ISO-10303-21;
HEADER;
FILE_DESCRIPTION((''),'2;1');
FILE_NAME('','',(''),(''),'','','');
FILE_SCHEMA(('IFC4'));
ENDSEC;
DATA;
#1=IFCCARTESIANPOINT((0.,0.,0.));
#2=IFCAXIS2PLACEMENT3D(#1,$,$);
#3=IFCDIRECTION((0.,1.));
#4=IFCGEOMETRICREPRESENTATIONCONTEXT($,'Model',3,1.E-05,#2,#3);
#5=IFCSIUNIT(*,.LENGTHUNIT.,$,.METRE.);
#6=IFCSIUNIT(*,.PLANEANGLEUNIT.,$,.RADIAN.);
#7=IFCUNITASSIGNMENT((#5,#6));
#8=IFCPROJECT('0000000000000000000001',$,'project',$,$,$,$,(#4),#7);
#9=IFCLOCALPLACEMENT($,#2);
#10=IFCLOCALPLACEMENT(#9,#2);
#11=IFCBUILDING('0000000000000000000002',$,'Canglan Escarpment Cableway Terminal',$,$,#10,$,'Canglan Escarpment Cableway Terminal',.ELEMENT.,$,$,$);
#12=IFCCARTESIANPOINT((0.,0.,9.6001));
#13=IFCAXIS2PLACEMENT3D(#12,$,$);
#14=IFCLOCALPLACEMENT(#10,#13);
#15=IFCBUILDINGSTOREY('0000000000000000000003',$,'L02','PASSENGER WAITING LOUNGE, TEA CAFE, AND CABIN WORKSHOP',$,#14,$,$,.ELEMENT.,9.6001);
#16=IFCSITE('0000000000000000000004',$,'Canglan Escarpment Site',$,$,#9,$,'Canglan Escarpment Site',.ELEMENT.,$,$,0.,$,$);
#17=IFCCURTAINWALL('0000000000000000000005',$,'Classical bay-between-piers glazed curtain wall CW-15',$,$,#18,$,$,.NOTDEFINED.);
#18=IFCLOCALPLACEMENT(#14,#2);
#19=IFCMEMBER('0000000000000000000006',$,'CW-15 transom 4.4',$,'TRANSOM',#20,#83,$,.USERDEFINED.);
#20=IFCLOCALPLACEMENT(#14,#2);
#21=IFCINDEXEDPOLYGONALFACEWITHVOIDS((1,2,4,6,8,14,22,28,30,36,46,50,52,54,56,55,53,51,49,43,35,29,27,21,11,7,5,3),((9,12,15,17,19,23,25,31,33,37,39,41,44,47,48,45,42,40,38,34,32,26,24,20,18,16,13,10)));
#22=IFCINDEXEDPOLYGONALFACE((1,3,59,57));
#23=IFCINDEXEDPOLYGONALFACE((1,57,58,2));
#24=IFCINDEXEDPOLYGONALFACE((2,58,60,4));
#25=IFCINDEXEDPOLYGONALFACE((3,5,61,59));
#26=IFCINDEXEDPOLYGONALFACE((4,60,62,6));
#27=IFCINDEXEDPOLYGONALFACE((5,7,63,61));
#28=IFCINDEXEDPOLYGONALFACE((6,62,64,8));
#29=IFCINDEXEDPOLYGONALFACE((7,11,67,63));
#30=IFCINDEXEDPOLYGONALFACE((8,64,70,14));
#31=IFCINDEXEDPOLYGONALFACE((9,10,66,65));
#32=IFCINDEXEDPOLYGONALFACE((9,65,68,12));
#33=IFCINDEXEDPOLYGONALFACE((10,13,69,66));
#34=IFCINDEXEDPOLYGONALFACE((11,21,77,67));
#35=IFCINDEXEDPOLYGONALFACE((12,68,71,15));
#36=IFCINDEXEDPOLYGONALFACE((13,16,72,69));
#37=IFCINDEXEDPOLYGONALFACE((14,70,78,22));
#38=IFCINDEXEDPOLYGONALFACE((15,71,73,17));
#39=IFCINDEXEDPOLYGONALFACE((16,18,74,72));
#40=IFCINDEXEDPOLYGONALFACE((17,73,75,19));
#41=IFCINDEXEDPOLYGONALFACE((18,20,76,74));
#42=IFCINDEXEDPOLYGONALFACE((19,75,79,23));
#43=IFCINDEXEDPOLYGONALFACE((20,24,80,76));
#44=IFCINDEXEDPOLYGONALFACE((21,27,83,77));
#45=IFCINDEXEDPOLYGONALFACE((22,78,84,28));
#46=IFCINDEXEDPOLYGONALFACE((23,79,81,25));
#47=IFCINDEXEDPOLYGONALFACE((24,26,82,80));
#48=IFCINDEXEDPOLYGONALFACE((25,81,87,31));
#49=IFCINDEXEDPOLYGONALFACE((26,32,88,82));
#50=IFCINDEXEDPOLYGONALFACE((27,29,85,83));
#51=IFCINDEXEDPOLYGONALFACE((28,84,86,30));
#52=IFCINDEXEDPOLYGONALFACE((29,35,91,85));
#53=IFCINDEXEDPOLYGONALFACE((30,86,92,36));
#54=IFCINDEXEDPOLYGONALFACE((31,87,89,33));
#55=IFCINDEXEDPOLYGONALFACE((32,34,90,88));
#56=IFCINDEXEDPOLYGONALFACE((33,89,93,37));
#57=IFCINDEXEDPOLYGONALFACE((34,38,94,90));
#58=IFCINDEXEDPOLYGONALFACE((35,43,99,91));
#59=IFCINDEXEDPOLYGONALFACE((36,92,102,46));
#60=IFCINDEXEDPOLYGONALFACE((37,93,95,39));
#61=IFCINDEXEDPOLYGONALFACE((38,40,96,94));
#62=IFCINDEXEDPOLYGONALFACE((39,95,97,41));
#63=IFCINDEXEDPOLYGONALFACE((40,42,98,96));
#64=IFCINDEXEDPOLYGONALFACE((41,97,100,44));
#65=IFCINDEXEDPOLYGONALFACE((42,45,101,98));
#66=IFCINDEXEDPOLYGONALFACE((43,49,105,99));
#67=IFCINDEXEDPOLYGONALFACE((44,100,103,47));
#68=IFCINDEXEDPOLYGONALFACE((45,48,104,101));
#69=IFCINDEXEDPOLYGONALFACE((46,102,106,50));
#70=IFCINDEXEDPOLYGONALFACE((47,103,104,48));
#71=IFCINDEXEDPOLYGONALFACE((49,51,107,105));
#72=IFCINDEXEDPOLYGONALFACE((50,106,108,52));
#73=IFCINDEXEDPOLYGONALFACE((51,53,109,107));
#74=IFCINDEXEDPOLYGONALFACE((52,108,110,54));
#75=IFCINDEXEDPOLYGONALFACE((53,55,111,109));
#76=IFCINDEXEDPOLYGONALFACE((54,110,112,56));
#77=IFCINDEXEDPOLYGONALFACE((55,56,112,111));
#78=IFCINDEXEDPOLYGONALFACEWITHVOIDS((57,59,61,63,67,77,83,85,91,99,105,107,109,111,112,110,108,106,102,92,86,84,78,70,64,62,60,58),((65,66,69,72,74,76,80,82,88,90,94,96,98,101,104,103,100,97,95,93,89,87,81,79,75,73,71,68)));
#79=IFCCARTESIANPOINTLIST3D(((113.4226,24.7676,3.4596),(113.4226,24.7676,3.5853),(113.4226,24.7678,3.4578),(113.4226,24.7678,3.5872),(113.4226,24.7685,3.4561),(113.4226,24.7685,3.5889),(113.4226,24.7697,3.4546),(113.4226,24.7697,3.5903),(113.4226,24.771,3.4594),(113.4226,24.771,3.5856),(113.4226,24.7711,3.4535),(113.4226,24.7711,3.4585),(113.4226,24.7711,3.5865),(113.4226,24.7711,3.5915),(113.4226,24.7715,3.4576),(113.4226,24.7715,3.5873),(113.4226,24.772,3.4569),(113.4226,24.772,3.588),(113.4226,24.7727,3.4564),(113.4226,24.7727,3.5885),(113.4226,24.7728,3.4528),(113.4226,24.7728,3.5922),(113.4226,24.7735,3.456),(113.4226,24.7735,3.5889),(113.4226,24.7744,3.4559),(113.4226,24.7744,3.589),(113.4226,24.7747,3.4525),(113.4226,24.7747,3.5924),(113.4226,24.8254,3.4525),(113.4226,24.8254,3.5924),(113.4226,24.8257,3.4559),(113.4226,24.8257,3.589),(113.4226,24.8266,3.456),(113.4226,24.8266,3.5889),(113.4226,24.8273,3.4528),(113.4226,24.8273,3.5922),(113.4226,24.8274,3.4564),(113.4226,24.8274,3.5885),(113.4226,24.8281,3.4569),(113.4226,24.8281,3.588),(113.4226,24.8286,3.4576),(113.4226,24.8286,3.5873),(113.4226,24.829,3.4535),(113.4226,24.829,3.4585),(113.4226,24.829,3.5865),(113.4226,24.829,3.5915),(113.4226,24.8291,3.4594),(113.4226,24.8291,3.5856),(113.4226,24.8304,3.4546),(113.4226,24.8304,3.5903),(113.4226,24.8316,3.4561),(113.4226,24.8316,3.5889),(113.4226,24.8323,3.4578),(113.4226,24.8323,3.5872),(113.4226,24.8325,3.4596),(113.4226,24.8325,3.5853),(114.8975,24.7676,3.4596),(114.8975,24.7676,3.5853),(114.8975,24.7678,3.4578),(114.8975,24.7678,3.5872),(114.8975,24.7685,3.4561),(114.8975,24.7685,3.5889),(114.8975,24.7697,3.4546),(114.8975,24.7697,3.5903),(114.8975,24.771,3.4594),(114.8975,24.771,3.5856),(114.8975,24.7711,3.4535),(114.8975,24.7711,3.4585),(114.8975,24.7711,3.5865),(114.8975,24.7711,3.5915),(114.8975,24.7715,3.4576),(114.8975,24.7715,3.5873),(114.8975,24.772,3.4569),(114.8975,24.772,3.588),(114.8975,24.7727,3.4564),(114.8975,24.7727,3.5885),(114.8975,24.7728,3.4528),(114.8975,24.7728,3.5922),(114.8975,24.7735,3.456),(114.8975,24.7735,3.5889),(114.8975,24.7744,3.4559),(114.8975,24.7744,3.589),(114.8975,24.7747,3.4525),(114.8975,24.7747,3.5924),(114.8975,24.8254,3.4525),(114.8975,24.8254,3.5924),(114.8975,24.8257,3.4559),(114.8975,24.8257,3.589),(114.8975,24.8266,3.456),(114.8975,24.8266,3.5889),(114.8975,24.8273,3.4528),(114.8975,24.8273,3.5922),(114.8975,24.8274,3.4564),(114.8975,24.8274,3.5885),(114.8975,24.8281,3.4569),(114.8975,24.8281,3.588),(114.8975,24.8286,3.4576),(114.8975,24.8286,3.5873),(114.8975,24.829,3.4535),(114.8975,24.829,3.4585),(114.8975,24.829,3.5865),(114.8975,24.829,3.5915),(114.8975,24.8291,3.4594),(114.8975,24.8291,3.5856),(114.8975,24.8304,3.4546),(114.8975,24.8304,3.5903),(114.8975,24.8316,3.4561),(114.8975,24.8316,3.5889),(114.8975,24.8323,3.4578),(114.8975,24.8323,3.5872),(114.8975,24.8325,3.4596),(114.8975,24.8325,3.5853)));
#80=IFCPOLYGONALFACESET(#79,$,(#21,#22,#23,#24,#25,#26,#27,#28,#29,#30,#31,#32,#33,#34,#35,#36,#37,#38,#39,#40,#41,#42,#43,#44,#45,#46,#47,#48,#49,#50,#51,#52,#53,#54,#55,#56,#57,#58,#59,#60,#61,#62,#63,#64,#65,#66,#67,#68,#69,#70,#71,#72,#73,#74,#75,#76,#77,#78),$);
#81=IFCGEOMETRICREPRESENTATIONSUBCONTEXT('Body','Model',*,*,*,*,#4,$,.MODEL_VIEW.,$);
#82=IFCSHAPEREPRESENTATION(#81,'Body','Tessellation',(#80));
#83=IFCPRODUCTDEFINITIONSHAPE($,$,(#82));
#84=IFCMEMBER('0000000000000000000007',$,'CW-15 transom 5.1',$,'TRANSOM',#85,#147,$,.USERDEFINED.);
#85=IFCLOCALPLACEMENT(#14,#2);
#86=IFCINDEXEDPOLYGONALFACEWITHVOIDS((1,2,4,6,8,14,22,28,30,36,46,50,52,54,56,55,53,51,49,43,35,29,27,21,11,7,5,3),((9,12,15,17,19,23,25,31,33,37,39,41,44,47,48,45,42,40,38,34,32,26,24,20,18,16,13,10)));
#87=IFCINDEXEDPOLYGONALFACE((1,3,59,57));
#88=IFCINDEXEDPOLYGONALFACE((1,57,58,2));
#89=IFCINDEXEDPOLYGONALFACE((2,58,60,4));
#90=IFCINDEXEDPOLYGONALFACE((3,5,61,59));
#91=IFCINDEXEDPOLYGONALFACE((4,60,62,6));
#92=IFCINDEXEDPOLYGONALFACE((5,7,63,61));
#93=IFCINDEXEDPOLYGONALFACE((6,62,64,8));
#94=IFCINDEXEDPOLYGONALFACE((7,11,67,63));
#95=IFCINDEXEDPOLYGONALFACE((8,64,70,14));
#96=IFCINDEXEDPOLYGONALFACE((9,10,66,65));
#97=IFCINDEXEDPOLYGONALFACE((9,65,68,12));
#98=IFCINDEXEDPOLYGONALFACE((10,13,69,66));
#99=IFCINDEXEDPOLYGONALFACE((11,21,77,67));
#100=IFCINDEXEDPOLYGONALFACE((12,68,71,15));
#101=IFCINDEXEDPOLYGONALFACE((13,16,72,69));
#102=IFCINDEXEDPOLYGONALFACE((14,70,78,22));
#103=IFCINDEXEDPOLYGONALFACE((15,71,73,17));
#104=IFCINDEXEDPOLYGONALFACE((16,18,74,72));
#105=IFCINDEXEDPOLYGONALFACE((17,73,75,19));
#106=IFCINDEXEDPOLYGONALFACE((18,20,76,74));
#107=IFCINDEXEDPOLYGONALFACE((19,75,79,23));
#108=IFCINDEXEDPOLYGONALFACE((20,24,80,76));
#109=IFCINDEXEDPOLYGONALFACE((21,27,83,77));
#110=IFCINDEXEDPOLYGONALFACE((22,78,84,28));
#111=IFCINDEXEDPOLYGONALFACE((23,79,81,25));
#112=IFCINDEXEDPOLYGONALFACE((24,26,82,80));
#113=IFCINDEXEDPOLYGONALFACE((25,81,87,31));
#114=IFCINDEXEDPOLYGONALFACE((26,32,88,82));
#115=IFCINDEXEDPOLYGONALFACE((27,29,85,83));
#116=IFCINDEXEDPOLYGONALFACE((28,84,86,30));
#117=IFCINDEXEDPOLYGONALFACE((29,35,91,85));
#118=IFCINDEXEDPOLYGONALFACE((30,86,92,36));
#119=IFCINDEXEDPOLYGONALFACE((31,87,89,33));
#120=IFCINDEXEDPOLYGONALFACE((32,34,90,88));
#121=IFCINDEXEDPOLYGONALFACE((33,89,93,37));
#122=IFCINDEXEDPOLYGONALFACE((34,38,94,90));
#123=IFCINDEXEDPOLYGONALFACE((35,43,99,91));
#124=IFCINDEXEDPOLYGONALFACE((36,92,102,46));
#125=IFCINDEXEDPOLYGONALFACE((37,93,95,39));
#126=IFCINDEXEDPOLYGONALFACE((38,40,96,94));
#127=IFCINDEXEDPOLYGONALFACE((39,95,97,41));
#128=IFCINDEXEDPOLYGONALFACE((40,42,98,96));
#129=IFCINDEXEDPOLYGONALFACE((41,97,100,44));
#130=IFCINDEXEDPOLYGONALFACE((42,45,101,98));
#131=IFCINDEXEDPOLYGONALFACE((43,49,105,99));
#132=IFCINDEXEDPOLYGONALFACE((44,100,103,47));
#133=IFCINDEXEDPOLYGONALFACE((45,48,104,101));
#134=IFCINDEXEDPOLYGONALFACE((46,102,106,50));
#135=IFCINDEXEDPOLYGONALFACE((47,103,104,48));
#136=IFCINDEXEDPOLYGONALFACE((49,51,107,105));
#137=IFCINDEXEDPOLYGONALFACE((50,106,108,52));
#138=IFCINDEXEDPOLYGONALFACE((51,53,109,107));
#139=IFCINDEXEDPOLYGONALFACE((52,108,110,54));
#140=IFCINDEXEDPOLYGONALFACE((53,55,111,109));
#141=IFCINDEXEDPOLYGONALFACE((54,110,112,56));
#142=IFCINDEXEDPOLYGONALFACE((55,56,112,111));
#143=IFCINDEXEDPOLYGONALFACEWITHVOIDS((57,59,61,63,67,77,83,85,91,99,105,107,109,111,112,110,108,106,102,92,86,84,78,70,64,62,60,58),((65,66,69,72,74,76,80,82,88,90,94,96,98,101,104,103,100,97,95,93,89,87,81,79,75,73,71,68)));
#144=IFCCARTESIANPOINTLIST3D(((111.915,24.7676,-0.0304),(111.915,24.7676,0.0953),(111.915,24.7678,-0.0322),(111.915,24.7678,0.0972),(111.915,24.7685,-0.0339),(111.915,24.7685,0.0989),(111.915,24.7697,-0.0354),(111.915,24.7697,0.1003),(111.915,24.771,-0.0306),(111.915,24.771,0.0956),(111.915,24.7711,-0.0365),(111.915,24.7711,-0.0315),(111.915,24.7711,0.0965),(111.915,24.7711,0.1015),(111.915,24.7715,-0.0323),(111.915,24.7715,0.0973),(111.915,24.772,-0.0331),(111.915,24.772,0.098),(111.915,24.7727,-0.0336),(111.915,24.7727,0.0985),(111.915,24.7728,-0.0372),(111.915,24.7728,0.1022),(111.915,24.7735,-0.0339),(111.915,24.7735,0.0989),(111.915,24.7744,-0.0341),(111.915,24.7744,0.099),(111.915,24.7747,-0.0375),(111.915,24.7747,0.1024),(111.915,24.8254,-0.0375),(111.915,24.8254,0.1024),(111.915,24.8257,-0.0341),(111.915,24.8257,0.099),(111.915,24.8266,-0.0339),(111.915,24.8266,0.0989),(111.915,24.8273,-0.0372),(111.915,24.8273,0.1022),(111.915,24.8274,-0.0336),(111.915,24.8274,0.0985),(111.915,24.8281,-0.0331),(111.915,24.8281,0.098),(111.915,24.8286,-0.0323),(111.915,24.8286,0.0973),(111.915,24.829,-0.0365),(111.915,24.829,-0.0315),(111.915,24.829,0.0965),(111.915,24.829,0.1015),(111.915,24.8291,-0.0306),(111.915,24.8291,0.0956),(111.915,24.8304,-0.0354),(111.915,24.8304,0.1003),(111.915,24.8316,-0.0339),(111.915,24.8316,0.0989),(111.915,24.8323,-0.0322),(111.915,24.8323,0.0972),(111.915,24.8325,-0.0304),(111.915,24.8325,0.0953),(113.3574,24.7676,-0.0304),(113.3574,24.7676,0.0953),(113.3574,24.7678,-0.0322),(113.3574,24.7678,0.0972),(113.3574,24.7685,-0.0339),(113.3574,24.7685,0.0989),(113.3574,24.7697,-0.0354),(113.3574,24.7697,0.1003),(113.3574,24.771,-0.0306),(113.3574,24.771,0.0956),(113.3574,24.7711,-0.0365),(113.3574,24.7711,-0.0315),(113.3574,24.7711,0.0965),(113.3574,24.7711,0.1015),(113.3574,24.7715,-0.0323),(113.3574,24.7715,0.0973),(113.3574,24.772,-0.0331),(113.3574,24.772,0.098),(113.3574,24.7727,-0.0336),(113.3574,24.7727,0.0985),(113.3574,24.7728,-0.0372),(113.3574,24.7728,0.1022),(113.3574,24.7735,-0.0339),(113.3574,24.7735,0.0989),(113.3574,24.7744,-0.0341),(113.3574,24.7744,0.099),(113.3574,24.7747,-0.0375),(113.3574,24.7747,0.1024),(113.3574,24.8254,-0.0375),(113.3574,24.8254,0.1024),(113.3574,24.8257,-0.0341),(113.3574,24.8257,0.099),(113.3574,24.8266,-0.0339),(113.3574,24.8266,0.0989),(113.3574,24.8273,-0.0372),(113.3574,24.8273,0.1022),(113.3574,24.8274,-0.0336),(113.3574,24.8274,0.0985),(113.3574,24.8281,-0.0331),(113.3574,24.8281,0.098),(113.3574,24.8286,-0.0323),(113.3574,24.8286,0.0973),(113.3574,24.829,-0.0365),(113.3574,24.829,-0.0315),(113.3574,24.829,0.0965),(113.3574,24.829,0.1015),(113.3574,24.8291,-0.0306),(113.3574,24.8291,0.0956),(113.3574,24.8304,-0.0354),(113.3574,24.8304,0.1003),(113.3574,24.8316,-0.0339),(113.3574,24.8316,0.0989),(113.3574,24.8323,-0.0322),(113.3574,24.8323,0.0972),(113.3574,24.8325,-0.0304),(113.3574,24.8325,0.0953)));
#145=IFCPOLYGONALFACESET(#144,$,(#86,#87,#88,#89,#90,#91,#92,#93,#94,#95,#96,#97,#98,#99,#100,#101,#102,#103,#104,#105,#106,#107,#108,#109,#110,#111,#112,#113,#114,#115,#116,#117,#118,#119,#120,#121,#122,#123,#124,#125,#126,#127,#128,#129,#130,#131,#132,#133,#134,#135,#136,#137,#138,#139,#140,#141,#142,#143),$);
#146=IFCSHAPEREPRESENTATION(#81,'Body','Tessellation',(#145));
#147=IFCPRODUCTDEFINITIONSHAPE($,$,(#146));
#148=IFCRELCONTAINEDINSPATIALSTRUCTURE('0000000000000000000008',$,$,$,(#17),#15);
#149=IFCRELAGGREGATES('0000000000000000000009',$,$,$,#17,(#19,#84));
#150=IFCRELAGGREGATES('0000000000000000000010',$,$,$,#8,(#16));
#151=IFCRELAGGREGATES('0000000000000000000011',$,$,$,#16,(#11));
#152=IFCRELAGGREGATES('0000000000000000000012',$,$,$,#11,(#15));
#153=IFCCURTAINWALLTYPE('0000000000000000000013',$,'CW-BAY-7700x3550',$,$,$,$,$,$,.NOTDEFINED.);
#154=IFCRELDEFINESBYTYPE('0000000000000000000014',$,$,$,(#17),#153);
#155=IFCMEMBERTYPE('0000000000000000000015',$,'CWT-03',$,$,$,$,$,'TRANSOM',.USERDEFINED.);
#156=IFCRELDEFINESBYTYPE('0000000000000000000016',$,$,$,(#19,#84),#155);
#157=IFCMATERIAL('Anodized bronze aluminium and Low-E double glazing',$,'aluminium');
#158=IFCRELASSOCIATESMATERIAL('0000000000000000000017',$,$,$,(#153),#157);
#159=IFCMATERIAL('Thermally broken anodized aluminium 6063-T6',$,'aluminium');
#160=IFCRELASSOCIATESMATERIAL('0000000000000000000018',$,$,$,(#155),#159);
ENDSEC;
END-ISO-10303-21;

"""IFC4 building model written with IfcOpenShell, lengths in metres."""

from ifc_helpers import new_model, si_unit, direction, frame, origin, origin_2d, place, context, subcontext, project, spatial, hollow_rectangle, extrude, material, material_profile, profile_set, type_object, element, aggregate, save


model = new_model("IFC4")

# Units and contexts
model_context = context("Model", 3, precision=1e-05, world=origin(), true_north=direction((0.0, 1.0)))
body_context = subcontext(model_context, "Body", "Model", "MODEL_VIEW")
ifc_project = project(units=[si_unit("LENGTHUNIT", "METRE"), si_unit("PLANEANGLEUNIT", "RADIAN")], contexts=[model_context])

# Site, building, storey
site_placement = place(None, origin())
site = spatial("IfcSite", under=ifc_project, at=site_placement, Name="Canglan Escarpment Site", LongName="Canglan Escarpment Site", CompositionType="ELEMENT", RefElevation=0.0)
building_placement = place(site_placement, origin())
building = spatial("IfcBuilding", under=site, at=building_placement, Name="Canglan Escarpment Cableway Terminal", LongName="Canglan Escarpment Cableway Terminal", CompositionType="ELEMENT")
storey_placement = place(building_placement, frame((0.0, 0.0, 9.6001)))
storey = spatial("IfcBuildingStorey", under=building, at=storey_placement, Name="L02", Description="PASSENGER WAITING LOUNGE, TEA CAFE, AND CABIN WORKSHOP", CompositionType="ELEMENT", Elevation=9.6001)

# Curtain wall, members
ifc_material_1 = material(Name="Anodized bronze aluminium and Low-E double glazing", Category="aluminium")
curtain_wall_type = type_object("IfcCurtainWallType", Name="CW-BAY-7700x3550", PredefinedType="NOTDEFINED", material=ifc_material_1)
curtain_wall_placement = place(storey_placement, origin())
curtain_wall = element("IfcCurtainWall", 1, at=curtain_wall_placement, inside=storey, type_object=curtain_wall_type, Name="Classical bay-between-piers glazed curtain wall CW-15", PredefinedType="NOTDEFINED")
ifc_material_2 = material(Name="Thermally broken anodized aluminium 6063-T6", Category="aluminium")
ifc_material_profile_1 = material_profile(ifc_material_2, hollow_rectangle(XDim=0.0649, YDim=0.1399, WallThickness=0.0034, InnerFilletRadius=0.0034, OuterFilletRadius=0.0071, at=origin_2d()), Name="ALU-TRAN 65x140x3.5")
ifc_profile_set_1 = profile_set([ifc_material_profile_1], Name="Thermally broken anodized aluminium 6063-T6")
member_type_1 = type_object("IfcMemberType", Name="CWT-03", ElementType="TRANSOM", PredefinedType="USERDEFINED", material=ifc_profile_set_1)
member_1_placement = place(storey_placement, frame((114.8975, 24.8, 3.5225), z_axis=(-1.0, 0.0, 0.0), x_axis=(0.0, -1.0, 0.0)))
member_1 = element("IfcMember", 2, at=member_1_placement, type_object=member_type_1, Name="CW-15 transom 4.4", ObjectType="TRANSOM", PredefinedType="USERDEFINED", context=body_context, shape_type="SweptSolid", body=[
    extrude(hollow_rectangle(XDim=0.0649, YDim=0.1399, WallThickness=0.0034, InnerFilletRadius=0.0034, OuterFilletRadius=0.0071, at=origin_2d()), origin(), (0.0, 0.0, 1.0), 1.4749),
])
member_2_placement = place(storey_placement, frame((113.3574, 24.8, 0.0325), z_axis=(-1.0, 0.0, 0.0), x_axis=(0.0, -1.0, 0.0)))
member_2 = element("IfcMember", 3, at=member_2_placement, type_object=member_type_1, Name="CW-15 transom 5.1", ObjectType="TRANSOM", PredefinedType="USERDEFINED", context=body_context, shape_type="SweptSolid", body=[
    extrude(hollow_rectangle(XDim=0.0649, YDim=0.1399, WallThickness=0.0034, InnerFilletRadius=0.0034, OuterFilletRadius=0.0071, at=origin_2d()), origin(), (0.0, 0.0, 1.0), 1.4424),
])

aggregate(curtain_wall, [member_1, member_2])

save(model, "model.ifc")
